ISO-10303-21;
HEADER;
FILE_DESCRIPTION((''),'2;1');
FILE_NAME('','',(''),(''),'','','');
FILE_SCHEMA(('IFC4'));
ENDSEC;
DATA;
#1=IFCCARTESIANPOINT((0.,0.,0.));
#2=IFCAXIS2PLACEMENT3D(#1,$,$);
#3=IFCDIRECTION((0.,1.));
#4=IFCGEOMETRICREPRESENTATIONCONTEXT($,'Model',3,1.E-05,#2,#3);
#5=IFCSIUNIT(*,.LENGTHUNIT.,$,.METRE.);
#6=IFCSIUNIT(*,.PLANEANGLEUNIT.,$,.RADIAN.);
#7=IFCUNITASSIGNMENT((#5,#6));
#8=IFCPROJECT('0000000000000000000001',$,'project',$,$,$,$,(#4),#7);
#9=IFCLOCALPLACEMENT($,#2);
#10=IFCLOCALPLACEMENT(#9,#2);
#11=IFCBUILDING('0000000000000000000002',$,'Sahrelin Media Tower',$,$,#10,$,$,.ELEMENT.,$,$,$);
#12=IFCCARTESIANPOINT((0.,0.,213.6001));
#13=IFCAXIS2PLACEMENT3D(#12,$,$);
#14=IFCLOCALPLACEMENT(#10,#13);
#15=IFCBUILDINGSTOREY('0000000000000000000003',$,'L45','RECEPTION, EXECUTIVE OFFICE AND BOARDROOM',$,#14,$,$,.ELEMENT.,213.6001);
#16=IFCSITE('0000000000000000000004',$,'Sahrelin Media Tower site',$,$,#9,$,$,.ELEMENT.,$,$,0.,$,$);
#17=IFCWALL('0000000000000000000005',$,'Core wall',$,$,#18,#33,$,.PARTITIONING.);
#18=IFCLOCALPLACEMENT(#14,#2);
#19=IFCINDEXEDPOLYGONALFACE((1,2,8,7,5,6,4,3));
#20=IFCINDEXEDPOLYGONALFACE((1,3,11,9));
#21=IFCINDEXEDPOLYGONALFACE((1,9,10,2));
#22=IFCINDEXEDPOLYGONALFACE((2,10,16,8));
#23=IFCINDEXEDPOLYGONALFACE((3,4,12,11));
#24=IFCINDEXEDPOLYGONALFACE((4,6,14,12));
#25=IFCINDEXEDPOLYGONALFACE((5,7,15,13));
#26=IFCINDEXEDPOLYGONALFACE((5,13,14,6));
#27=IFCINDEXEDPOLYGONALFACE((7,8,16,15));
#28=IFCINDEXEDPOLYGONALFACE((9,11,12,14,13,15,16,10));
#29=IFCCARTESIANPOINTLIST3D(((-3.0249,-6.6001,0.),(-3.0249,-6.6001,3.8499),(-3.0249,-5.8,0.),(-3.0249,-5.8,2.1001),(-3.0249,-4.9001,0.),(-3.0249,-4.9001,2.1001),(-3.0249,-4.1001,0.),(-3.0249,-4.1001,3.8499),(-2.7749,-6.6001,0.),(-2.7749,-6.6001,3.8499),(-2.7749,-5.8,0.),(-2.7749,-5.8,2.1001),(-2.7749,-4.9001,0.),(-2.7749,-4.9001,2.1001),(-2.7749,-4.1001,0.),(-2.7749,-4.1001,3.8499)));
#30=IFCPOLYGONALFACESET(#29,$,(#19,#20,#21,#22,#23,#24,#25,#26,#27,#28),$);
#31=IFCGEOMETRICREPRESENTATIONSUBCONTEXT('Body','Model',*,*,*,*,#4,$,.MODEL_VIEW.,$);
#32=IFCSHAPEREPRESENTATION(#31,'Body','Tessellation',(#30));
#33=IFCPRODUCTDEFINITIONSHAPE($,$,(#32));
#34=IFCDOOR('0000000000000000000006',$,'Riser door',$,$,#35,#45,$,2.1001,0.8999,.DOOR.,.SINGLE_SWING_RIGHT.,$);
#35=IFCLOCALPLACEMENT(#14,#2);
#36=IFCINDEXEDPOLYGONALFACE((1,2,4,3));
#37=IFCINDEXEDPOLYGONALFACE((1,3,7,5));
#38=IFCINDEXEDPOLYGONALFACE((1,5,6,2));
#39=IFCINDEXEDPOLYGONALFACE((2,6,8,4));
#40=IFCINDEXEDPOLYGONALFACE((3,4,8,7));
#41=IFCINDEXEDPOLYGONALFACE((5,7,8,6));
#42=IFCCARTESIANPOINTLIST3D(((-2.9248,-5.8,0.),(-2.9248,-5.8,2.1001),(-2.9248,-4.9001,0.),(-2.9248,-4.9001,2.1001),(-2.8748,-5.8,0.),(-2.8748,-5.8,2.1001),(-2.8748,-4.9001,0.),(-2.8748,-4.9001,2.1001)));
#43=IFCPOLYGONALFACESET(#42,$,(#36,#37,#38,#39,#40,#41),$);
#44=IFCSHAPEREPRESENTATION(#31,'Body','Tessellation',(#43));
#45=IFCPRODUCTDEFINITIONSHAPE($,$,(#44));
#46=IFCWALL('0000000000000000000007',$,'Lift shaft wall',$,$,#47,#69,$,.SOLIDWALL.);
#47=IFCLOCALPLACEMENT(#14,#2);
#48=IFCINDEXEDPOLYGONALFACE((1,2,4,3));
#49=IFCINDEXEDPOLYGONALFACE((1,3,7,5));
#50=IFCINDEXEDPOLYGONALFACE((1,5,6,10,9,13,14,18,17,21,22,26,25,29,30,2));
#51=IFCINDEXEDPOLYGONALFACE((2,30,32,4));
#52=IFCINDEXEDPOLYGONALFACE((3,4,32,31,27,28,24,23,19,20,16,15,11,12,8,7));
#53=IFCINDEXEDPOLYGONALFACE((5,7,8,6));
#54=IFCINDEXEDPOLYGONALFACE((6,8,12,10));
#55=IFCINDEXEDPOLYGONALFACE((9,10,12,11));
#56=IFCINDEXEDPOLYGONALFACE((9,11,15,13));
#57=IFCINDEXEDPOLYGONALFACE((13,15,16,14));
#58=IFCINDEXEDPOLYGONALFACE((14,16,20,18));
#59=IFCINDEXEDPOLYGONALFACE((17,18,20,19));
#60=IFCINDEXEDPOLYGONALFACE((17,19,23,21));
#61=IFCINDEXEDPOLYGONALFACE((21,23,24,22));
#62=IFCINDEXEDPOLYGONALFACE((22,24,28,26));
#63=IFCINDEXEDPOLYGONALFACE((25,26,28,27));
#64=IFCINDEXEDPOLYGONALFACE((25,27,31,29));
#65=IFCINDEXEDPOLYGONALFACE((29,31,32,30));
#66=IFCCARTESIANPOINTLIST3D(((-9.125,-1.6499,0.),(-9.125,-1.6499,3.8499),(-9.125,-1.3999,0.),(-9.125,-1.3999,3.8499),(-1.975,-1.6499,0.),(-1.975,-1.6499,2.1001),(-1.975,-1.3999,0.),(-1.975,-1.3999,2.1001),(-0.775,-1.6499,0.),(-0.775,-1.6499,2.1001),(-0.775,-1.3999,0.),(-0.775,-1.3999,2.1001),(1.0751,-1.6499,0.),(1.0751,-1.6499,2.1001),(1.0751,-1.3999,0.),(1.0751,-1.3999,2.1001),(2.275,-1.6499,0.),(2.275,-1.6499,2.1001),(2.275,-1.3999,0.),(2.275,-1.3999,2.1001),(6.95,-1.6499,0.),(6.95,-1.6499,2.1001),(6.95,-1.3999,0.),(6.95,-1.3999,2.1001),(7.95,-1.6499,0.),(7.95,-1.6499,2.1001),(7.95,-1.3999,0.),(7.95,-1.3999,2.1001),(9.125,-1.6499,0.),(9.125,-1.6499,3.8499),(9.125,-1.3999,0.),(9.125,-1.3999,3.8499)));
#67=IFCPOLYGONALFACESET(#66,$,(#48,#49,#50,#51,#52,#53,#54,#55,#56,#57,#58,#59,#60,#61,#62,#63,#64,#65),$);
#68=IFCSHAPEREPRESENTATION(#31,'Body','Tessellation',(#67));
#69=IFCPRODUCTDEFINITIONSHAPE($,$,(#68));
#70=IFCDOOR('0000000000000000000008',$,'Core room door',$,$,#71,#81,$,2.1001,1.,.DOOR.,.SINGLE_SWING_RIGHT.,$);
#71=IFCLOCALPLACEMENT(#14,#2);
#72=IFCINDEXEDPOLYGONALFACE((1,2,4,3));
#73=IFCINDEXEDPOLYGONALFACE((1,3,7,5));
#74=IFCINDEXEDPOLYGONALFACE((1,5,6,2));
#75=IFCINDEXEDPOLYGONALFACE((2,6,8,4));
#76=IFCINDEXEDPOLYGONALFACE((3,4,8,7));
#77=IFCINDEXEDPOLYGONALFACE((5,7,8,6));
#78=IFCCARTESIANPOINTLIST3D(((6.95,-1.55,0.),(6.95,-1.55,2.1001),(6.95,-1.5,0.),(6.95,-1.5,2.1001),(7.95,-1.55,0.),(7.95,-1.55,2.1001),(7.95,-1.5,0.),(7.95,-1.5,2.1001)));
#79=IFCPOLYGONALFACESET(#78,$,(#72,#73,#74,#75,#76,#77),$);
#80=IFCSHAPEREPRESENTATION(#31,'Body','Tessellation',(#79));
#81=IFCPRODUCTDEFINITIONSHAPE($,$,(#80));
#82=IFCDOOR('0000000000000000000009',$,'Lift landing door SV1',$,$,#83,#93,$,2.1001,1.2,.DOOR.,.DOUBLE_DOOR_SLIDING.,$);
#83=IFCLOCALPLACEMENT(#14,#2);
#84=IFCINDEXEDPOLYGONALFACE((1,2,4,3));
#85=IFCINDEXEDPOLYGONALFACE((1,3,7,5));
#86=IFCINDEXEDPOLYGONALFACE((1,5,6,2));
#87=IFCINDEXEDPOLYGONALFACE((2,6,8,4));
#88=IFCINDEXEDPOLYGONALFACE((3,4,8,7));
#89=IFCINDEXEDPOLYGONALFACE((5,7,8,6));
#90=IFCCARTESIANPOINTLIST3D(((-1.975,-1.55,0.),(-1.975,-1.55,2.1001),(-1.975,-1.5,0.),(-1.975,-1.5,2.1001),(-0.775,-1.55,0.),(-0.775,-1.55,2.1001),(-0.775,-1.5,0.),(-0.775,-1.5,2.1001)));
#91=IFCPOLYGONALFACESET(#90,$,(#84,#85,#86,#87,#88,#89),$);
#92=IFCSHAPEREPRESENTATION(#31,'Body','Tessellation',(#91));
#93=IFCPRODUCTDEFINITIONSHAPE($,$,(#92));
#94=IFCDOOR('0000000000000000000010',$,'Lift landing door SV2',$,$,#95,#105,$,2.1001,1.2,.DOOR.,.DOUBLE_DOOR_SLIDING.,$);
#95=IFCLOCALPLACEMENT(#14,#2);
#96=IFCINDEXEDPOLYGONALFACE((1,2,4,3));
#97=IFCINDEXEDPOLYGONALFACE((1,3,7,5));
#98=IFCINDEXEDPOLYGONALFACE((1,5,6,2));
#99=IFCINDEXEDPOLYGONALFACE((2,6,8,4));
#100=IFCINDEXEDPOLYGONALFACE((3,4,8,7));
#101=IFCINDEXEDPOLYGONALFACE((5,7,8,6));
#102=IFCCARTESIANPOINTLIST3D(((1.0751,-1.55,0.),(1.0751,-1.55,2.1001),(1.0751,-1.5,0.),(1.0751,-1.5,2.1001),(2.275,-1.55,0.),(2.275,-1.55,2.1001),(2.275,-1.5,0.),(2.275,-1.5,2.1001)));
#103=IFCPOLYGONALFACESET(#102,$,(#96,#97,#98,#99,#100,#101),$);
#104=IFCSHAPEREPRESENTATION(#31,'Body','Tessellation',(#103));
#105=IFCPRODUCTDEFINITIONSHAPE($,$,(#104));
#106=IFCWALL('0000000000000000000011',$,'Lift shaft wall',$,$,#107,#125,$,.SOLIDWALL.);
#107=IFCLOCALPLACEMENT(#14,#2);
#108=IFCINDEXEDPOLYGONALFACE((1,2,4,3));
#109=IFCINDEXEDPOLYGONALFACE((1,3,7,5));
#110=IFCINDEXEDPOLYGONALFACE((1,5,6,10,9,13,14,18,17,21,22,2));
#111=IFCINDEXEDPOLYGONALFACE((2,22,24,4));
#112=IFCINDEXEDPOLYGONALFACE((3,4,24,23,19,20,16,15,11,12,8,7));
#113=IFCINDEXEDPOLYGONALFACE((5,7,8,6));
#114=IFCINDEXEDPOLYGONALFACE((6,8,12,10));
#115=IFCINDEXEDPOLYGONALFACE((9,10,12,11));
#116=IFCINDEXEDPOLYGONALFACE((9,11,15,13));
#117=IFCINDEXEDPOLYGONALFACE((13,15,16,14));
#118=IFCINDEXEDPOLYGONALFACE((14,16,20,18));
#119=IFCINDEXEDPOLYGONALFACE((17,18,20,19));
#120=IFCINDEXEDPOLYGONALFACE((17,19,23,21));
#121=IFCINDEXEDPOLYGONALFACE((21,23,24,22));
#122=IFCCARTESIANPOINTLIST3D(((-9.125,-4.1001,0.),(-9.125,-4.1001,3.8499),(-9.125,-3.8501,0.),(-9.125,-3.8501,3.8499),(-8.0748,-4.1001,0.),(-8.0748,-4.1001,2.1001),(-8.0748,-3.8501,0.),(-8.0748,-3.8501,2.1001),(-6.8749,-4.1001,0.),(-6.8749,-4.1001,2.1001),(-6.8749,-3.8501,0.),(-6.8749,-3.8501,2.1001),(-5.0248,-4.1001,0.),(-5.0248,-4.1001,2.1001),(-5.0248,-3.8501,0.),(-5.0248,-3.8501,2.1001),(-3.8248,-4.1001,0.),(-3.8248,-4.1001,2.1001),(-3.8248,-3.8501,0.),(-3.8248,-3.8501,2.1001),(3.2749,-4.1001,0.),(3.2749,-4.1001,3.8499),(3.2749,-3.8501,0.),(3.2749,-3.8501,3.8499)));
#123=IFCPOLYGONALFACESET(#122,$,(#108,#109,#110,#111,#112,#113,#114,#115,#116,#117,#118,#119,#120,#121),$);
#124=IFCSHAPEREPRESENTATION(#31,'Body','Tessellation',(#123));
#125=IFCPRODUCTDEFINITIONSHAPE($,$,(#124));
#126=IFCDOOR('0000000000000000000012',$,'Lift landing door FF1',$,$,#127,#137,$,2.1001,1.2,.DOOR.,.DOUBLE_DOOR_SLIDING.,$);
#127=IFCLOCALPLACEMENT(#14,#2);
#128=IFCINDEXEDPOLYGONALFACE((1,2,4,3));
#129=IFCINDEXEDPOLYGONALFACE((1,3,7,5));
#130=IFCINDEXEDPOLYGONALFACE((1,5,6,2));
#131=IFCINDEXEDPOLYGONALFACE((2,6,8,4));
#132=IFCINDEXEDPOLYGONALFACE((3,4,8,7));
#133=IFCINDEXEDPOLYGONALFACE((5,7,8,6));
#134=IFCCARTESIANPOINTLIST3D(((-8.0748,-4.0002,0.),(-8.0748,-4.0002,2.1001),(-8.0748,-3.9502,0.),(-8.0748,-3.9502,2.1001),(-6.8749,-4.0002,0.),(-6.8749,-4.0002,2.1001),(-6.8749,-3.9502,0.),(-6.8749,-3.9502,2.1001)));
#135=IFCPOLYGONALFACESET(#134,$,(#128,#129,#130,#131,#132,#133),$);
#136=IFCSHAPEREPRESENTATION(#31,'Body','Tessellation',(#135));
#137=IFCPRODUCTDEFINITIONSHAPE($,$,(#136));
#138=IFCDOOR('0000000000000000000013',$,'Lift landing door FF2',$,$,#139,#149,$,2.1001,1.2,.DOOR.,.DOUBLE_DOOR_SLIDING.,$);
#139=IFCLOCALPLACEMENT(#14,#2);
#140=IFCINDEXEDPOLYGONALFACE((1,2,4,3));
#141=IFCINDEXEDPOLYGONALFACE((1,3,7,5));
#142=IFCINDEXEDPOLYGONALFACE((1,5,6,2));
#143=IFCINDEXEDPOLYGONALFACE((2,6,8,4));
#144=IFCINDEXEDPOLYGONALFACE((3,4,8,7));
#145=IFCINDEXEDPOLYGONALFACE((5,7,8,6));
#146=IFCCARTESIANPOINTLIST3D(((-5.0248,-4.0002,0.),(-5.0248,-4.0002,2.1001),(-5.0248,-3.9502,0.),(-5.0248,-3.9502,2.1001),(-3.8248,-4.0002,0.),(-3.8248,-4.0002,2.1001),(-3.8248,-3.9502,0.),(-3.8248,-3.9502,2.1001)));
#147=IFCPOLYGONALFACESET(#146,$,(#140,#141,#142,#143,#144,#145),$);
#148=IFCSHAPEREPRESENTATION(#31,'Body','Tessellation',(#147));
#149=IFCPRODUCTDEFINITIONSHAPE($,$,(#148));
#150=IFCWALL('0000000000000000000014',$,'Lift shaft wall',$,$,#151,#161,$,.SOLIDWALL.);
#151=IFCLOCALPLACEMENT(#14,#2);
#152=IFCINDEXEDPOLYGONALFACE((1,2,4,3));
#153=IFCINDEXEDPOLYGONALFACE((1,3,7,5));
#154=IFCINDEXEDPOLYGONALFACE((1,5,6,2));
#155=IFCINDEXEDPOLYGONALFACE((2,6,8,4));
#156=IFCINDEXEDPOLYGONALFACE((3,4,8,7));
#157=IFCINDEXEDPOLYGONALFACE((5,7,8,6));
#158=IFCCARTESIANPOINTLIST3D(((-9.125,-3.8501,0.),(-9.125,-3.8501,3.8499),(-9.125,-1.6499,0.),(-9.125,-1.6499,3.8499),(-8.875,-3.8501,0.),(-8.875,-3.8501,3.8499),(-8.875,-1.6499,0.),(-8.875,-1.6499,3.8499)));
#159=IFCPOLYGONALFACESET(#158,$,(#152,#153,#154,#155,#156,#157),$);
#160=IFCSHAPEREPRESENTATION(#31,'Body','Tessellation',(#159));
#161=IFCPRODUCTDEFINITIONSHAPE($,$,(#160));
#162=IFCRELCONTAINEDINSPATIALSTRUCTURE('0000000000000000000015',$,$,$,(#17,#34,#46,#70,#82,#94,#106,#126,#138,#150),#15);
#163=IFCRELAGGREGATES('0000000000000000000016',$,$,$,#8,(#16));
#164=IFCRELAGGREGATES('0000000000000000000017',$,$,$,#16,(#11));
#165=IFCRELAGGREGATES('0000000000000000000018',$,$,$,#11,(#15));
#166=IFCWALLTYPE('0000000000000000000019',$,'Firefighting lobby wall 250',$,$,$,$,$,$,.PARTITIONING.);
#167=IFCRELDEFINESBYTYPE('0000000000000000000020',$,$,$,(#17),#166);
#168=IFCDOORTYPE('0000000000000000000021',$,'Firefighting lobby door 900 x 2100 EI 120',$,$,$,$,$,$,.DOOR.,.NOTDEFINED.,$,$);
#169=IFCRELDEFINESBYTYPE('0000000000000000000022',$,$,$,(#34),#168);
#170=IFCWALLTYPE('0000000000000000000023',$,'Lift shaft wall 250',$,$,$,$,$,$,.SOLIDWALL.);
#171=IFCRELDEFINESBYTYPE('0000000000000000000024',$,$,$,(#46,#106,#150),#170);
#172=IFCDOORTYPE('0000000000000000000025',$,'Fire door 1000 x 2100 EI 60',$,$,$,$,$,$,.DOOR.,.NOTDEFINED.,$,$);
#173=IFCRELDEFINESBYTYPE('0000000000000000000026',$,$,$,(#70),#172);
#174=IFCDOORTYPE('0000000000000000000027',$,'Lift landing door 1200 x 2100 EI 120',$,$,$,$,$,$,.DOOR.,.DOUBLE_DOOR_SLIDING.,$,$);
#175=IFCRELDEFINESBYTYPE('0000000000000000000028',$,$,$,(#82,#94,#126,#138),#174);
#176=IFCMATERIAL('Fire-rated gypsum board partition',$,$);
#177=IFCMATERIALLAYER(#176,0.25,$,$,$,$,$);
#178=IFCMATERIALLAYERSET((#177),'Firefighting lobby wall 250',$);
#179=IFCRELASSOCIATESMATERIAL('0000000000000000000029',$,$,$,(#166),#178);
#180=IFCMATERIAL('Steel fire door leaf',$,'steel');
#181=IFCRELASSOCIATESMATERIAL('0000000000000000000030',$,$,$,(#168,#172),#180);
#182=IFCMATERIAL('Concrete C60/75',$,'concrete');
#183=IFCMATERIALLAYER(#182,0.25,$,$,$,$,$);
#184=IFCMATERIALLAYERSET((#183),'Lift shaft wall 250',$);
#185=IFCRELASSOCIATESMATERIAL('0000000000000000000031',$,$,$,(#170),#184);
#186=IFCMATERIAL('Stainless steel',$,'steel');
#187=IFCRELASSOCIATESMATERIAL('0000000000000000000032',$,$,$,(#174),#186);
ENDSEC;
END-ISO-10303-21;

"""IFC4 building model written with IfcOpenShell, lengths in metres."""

from ifc_helpers import new_model, si_unit, direction, frame, frame_2d, origin, place, context, subcontext, project, spatial, rectangle, extrude, material, layer, layer_set, type_object, element, fill, save


model = new_model("IFC4")

# Units and contexts
model_context = context("Model", 3, precision=1e-05, world=origin(), true_north=direction((0.0, 1.0)))
body_context = subcontext(model_context, "Body", "Model", "MODEL_VIEW")
ifc_project = project(units=[si_unit("LENGTHUNIT", "METRE"), si_unit("PLANEANGLEUNIT", "RADIAN")], contexts=[model_context])

# Site, building, storey
site_placement = place(None, origin())
site = spatial("IfcSite", under=ifc_project, at=site_placement, Name="Sahrelin Media Tower site", CompositionType="ELEMENT", RefElevation=0.0)
building_placement = place(site_placement, origin())
building = spatial("IfcBuilding", under=site, at=building_placement, Name="Sahrelin Media Tower", CompositionType="ELEMENT")
storey_placement = place(building_placement, frame((0.0, 0.0, 213.6001)))
storey = spatial("IfcBuildingStorey", under=building, at=storey_placement, Name="L45", Description="RECEPTION, EXECUTIVE OFFICE AND BOARDROOM", CompositionType="ELEMENT", Elevation=213.6001)

# Shared definitions
ifc_material_1 = material(Name="Concrete C60/75", Category="concrete")

# Wall, opening, door
ifc_material_2 = material(Name="Fire-rated gypsum board partition")
ifc_layer_1 = layer(ifc_material_2, 0.25)
ifc_layer_set_1 = layer_set([ifc_layer_1], Name="Firefighting lobby wall 250")
wall_type_1 = type_object("IfcWallType", Name="Firefighting lobby wall 250", PredefinedType="PARTITIONING", material=ifc_layer_set_1)
ifc_material_3 = material(Name="Steel fire door leaf", Category="steel")
wall_1_placement = place(storey_placement, frame((-2.8999, -6.6001, 0.0), z_axis=(0.0, 0.0, 1.0), x_axis=(0.0, 1.0, 0.0)))
wall_1 = element("IfcWall", 1, at=wall_1_placement, inside=storey, type_object=wall_type_1, Name="Core wall", PredefinedType="PARTITIONING", context=body_context, shape_type="SweptSolid", body=[
    extrude(rectangle(XDim=2.5, YDim=0.25, at=frame_2d((1.25, 0.0))), origin(), (0.0, 0.0, 1.0), 3.8499),
])
opening_1_placement = place(wall_1_placement, frame((0.8, 0.0, 0.0)))
opening_1 = element("IfcOpeningElement", 2, at=opening_1_placement, cuts=wall_1, PredefinedType="OPENING", context=body_context, shape_type="SweptSolid", body=[
    extrude(rectangle(XDim=0.8999, YDim=2.1001, at=frame_2d((0.45, 1.05))), frame((0.0, 0.125, 0.0), z_axis=(0.0, -1.0, 0.0), x_axis=(1.0, 0.0, 0.0)), (0.0, 0.0, 1.0), 0.25),
])
door_type_1 = type_object("IfcDoorType", Name="Firefighting lobby door 900 x 2100 EI 120", OperationType="NOTDEFINED", PredefinedType="DOOR", material=ifc_material_3)
door_1_placement = place(opening_1_placement, origin())
door_1 = element("IfcDoor", 3, at=door_1_placement, inside=storey, type_object=door_type_1, Name="Riser door", OperationType="SINGLE_SWING_RIGHT", OverallHeight=2.1001, OverallWidth=0.8999, PredefinedType="DOOR", context=body_context, shape_type="SweptSolid", body=[
    extrude(rectangle(XDim=0.8999, YDim=2.1001, at=frame_2d((0.45, 1.05))), frame((0.0, 0.0249, 0.0), z_axis=(0.0, -1.0, 0.0), x_axis=(1.0, 0.0, 0.0)), (0.0, 0.0, 1.0), 0.05),
])
fill(opening_1, door_1)

# Walls, openings, doors
ifc_layer_2 = layer(ifc_material_1, 0.25)
ifc_layer_set_2 = layer_set([ifc_layer_2], Name="Lift shaft wall 250")
wall_type_2 = type_object("IfcWallType", Name="Lift shaft wall 250", PredefinedType="SOLIDWALL", material=ifc_layer_set_2)
wall_2_placement = place(storey_placement, frame((-9.125, -1.5249, 0.0), z_axis=(0.0, 0.0, 1.0), x_axis=(1.0, 0.0, 0.0)))
wall_2 = element("IfcWall", 4, at=wall_2_placement, inside=storey, type_object=wall_type_2, Name="Lift shaft wall", PredefinedType="SOLIDWALL", context=body_context, shape_type="SweptSolid", body=[
    extrude(rectangle(XDim=18.25, YDim=0.25, at=frame_2d((9.125, 0.0))), origin(), (0.0, 0.0, 1.0), 3.8499),
])
opening_2_placement = place(wall_2_placement, frame((7.1499, 0.0, 0.0)))
opening_2 = element("IfcOpeningElement", 5, at=opening_2_placement, cuts=wall_2, PredefinedType="OPENING", context=body_context, shape_type="SweptSolid", body=[
    extrude(rectangle(XDim=1.2, YDim=2.1001, at=frame_2d((0.6001, 1.05))), frame((0.0, 0.125, 0.0), z_axis=(0.0, -1.0, 0.0), x_axis=(1.0, 0.0, 0.0)), (0.0, 0.0, 1.0), 0.25),
])
opening_3_placement = place(wall_2_placement, frame((10.2, 0.0, 0.0)))
opening_3 = element("IfcOpeningElement", 6, at=opening_3_placement, cuts=wall_2, PredefinedType="OPENING", context=body_context, shape_type="SweptSolid", body=[
    extrude(rectangle(XDim=1.2, YDim=2.1001, at=frame_2d((0.6001, 1.05))), frame((0.0, 0.125, 0.0), z_axis=(0.0, -1.0, 0.0), x_axis=(1.0, 0.0, 0.0)), (0.0, 0.0, 1.0), 0.25),
])
opening_4_placement = place(wall_2_placement, frame((16.075, 0.0, 0.0)))
opening_4 = element("IfcOpeningElement", 7, at=opening_4_placement, cuts=wall_2, PredefinedType="OPENING", context=body_context, shape_type="SweptSolid", body=[
    extrude(rectangle(XDim=1.0, YDim=2.1001, at=frame_2d((0.5, 1.05))), frame((0.0, 0.125, 0.0), z_axis=(0.0, -1.0, 0.0), x_axis=(1.0, 0.0, 0.0)), (0.0, 0.0, 1.0), 0.25),
])
door_type_2 = type_object("IfcDoorType", Name="Fire door 1000 x 2100 EI 60", OperationType="NOTDEFINED", PredefinedType="DOOR", material=ifc_material_3)
door_2_placement = place(opening_4_placement, origin())
door_2 = element("IfcDoor", 8, at=door_2_placement, inside=storey, type_object=door_type_2, Name="Core room door", OperationType="SINGLE_SWING_RIGHT", OverallHeight=2.1001, OverallWidth=1.0, PredefinedType="DOOR", context=body_context, shape_type="SweptSolid", body=[
    extrude(rectangle(XDim=1.0, YDim=2.1001, at=frame_2d((0.5, 1.05))), frame((0.0, 0.0249, 0.0), z_axis=(0.0, -1.0, 0.0), x_axis=(1.0, 0.0, 0.0)), (0.0, 0.0, 1.0), 0.05),
])
fill(opening_4, door_2)
ifc_material_4 = material(Name="Stainless steel", Category="steel")
door_type_3 = type_object("IfcDoorType", Name="Lift landing door 1200 x 2100 EI 120", OperationType="DOUBLE_DOOR_SLIDING", PredefinedType="DOOR", material=ifc_material_4)
door_3_placement = place(opening_2_placement, origin())
door_3 = element("IfcDoor", 9, at=door_3_placement, inside=storey, type_object=door_type_3, Name="Lift landing door SV1", OperationType="DOUBLE_DOOR_SLIDING", OverallHeight=2.1001, OverallWidth=1.2, PredefinedType="DOOR", context=body_context, shape_type="SweptSolid", body=[
    extrude(rectangle(XDim=1.2, YDim=2.1001, at=frame_2d((0.6001, 1.05))), frame((0.0, 0.0249, 0.0), z_axis=(0.0, -1.0, 0.0), x_axis=(1.0, 0.0, 0.0)), (0.0, 0.0, 1.0), 0.05),
])
fill(opening_2, door_3)
door_4_placement = place(opening_3_placement, origin())
door_4 = element("IfcDoor", 10, at=door_4_placement, inside=storey, type_object=door_type_3, Name="Lift landing door SV2", OperationType="DOUBLE_DOOR_SLIDING", OverallHeight=2.1001, OverallWidth=1.2, PredefinedType="DOOR", context=body_context, shape_type="SweptSolid", body=[
    extrude(rectangle(XDim=1.2, YDim=2.1001, at=frame_2d((0.6001, 1.05))), frame((0.0, 0.0249, 0.0), z_axis=(0.0, -1.0, 0.0), x_axis=(1.0, 0.0, 0.0)), (0.0, 0.0, 1.0), 0.05),
])
fill(opening_3, door_4)
wall_3_placement = place(storey_placement, frame((-9.125, -3.9751, 0.0), z_axis=(0.0, 0.0, 1.0), x_axis=(1.0, 0.0, 0.0)))
wall_3 = element("IfcWall", 11, at=wall_3_placement, inside=storey, type_object=wall_type_2, Name="Lift shaft wall", PredefinedType="SOLIDWALL", context=body_context, shape_type="SweptSolid", body=[
    extrude(rectangle(XDim=12.3999, YDim=0.25, at=frame_2d((6.2, 0.0))), origin(), (0.0, 0.0, 1.0), 3.8499),
])
opening_5_placement = place(wall_3_placement, frame((1.05, 0.0, 0.0)))
opening_5 = element("IfcOpeningElement", 12, at=opening_5_placement, cuts=wall_3, PredefinedType="OPENING", context=body_context, shape_type="SweptSolid", body=[
    extrude(rectangle(XDim=1.2, YDim=2.1001, at=frame_2d((0.6001, 1.05))), frame((0.0, 0.125, 0.0), z_axis=(0.0, -1.0, 0.0), x_axis=(1.0, 0.0, 0.0)), (0.0, 0.0, 1.0), 0.25),
])
opening_6_placement = place(wall_3_placement, frame((4.1001, 0.0, 0.0)))
opening_6 = element("IfcOpeningElement", 13, at=opening_6_placement, cuts=wall_3, PredefinedType="OPENING", context=body_context, shape_type="SweptSolid", body=[
    extrude(rectangle(XDim=1.2, YDim=2.1001, at=frame_2d((0.6001, 1.05))), frame((0.0, 0.125, 0.0), z_axis=(0.0, -1.0, 0.0), x_axis=(1.0, 0.0, 0.0)), (0.0, 0.0, 1.0), 0.25),
])
door_5_placement = place(opening_5_placement, origin())
door_5 = element("IfcDoor", 14, at=door_5_placement, inside=storey, type_object=door_type_3, Name="Lift landing door FF1", OperationType="DOUBLE_DOOR_SLIDING", OverallHeight=2.1001, OverallWidth=1.2, PredefinedType="DOOR", context=body_context, shape_type="SweptSolid", body=[
    extrude(rectangle(XDim=1.2, YDim=2.1001, at=frame_2d((0.6001, 1.05))), frame((0.0, 0.0249, 0.0), z_axis=(0.0, -1.0, 0.0), x_axis=(1.0, 0.0, 0.0)), (0.0, 0.0, 1.0), 0.05),
])
fill(opening_5, door_5)
door_6_placement = place(opening_6_placement, origin())
door_6 = element("IfcDoor", 15, at=door_6_placement, inside=storey, type_object=door_type_3, Name="Lift landing door FF2", OperationType="DOUBLE_DOOR_SLIDING", OverallHeight=2.1001, OverallWidth=1.2, PredefinedType="DOOR", context=body_context, shape_type="SweptSolid", body=[
    extrude(rectangle(XDim=1.2, YDim=2.1001, at=frame_2d((0.6001, 1.05))), frame((0.0, 0.0249, 0.0), z_axis=(0.0, -1.0, 0.0), x_axis=(1.0, 0.0, 0.0)), (0.0, 0.0, 1.0), 0.05),
])
fill(opening_6, door_6)

# Wall
for number, where, z_axis, x_axis, name in (
    (16, (-9.0, -3.8501, 0.0), (0.0, 0.0, 1.0), (0.0, 1.0, 0.0), "Lift shaft wall"),
):
    element("IfcWall", number, at=place(storey_placement, frame(where, z_axis=z_axis, x_axis=x_axis)), inside=storey, type_object=wall_type_2, Name=name, PredefinedType="SOLIDWALL", context=body_context, shape_type="SweptSolid", body=[
        extrude(rectangle(XDim=2.2002, YDim=0.25, at=frame_2d((1.1001, 0.0))), origin(), (0.0, 0.0, 1.0), 3.8499),
    ])

save(model, "model.ifc")
